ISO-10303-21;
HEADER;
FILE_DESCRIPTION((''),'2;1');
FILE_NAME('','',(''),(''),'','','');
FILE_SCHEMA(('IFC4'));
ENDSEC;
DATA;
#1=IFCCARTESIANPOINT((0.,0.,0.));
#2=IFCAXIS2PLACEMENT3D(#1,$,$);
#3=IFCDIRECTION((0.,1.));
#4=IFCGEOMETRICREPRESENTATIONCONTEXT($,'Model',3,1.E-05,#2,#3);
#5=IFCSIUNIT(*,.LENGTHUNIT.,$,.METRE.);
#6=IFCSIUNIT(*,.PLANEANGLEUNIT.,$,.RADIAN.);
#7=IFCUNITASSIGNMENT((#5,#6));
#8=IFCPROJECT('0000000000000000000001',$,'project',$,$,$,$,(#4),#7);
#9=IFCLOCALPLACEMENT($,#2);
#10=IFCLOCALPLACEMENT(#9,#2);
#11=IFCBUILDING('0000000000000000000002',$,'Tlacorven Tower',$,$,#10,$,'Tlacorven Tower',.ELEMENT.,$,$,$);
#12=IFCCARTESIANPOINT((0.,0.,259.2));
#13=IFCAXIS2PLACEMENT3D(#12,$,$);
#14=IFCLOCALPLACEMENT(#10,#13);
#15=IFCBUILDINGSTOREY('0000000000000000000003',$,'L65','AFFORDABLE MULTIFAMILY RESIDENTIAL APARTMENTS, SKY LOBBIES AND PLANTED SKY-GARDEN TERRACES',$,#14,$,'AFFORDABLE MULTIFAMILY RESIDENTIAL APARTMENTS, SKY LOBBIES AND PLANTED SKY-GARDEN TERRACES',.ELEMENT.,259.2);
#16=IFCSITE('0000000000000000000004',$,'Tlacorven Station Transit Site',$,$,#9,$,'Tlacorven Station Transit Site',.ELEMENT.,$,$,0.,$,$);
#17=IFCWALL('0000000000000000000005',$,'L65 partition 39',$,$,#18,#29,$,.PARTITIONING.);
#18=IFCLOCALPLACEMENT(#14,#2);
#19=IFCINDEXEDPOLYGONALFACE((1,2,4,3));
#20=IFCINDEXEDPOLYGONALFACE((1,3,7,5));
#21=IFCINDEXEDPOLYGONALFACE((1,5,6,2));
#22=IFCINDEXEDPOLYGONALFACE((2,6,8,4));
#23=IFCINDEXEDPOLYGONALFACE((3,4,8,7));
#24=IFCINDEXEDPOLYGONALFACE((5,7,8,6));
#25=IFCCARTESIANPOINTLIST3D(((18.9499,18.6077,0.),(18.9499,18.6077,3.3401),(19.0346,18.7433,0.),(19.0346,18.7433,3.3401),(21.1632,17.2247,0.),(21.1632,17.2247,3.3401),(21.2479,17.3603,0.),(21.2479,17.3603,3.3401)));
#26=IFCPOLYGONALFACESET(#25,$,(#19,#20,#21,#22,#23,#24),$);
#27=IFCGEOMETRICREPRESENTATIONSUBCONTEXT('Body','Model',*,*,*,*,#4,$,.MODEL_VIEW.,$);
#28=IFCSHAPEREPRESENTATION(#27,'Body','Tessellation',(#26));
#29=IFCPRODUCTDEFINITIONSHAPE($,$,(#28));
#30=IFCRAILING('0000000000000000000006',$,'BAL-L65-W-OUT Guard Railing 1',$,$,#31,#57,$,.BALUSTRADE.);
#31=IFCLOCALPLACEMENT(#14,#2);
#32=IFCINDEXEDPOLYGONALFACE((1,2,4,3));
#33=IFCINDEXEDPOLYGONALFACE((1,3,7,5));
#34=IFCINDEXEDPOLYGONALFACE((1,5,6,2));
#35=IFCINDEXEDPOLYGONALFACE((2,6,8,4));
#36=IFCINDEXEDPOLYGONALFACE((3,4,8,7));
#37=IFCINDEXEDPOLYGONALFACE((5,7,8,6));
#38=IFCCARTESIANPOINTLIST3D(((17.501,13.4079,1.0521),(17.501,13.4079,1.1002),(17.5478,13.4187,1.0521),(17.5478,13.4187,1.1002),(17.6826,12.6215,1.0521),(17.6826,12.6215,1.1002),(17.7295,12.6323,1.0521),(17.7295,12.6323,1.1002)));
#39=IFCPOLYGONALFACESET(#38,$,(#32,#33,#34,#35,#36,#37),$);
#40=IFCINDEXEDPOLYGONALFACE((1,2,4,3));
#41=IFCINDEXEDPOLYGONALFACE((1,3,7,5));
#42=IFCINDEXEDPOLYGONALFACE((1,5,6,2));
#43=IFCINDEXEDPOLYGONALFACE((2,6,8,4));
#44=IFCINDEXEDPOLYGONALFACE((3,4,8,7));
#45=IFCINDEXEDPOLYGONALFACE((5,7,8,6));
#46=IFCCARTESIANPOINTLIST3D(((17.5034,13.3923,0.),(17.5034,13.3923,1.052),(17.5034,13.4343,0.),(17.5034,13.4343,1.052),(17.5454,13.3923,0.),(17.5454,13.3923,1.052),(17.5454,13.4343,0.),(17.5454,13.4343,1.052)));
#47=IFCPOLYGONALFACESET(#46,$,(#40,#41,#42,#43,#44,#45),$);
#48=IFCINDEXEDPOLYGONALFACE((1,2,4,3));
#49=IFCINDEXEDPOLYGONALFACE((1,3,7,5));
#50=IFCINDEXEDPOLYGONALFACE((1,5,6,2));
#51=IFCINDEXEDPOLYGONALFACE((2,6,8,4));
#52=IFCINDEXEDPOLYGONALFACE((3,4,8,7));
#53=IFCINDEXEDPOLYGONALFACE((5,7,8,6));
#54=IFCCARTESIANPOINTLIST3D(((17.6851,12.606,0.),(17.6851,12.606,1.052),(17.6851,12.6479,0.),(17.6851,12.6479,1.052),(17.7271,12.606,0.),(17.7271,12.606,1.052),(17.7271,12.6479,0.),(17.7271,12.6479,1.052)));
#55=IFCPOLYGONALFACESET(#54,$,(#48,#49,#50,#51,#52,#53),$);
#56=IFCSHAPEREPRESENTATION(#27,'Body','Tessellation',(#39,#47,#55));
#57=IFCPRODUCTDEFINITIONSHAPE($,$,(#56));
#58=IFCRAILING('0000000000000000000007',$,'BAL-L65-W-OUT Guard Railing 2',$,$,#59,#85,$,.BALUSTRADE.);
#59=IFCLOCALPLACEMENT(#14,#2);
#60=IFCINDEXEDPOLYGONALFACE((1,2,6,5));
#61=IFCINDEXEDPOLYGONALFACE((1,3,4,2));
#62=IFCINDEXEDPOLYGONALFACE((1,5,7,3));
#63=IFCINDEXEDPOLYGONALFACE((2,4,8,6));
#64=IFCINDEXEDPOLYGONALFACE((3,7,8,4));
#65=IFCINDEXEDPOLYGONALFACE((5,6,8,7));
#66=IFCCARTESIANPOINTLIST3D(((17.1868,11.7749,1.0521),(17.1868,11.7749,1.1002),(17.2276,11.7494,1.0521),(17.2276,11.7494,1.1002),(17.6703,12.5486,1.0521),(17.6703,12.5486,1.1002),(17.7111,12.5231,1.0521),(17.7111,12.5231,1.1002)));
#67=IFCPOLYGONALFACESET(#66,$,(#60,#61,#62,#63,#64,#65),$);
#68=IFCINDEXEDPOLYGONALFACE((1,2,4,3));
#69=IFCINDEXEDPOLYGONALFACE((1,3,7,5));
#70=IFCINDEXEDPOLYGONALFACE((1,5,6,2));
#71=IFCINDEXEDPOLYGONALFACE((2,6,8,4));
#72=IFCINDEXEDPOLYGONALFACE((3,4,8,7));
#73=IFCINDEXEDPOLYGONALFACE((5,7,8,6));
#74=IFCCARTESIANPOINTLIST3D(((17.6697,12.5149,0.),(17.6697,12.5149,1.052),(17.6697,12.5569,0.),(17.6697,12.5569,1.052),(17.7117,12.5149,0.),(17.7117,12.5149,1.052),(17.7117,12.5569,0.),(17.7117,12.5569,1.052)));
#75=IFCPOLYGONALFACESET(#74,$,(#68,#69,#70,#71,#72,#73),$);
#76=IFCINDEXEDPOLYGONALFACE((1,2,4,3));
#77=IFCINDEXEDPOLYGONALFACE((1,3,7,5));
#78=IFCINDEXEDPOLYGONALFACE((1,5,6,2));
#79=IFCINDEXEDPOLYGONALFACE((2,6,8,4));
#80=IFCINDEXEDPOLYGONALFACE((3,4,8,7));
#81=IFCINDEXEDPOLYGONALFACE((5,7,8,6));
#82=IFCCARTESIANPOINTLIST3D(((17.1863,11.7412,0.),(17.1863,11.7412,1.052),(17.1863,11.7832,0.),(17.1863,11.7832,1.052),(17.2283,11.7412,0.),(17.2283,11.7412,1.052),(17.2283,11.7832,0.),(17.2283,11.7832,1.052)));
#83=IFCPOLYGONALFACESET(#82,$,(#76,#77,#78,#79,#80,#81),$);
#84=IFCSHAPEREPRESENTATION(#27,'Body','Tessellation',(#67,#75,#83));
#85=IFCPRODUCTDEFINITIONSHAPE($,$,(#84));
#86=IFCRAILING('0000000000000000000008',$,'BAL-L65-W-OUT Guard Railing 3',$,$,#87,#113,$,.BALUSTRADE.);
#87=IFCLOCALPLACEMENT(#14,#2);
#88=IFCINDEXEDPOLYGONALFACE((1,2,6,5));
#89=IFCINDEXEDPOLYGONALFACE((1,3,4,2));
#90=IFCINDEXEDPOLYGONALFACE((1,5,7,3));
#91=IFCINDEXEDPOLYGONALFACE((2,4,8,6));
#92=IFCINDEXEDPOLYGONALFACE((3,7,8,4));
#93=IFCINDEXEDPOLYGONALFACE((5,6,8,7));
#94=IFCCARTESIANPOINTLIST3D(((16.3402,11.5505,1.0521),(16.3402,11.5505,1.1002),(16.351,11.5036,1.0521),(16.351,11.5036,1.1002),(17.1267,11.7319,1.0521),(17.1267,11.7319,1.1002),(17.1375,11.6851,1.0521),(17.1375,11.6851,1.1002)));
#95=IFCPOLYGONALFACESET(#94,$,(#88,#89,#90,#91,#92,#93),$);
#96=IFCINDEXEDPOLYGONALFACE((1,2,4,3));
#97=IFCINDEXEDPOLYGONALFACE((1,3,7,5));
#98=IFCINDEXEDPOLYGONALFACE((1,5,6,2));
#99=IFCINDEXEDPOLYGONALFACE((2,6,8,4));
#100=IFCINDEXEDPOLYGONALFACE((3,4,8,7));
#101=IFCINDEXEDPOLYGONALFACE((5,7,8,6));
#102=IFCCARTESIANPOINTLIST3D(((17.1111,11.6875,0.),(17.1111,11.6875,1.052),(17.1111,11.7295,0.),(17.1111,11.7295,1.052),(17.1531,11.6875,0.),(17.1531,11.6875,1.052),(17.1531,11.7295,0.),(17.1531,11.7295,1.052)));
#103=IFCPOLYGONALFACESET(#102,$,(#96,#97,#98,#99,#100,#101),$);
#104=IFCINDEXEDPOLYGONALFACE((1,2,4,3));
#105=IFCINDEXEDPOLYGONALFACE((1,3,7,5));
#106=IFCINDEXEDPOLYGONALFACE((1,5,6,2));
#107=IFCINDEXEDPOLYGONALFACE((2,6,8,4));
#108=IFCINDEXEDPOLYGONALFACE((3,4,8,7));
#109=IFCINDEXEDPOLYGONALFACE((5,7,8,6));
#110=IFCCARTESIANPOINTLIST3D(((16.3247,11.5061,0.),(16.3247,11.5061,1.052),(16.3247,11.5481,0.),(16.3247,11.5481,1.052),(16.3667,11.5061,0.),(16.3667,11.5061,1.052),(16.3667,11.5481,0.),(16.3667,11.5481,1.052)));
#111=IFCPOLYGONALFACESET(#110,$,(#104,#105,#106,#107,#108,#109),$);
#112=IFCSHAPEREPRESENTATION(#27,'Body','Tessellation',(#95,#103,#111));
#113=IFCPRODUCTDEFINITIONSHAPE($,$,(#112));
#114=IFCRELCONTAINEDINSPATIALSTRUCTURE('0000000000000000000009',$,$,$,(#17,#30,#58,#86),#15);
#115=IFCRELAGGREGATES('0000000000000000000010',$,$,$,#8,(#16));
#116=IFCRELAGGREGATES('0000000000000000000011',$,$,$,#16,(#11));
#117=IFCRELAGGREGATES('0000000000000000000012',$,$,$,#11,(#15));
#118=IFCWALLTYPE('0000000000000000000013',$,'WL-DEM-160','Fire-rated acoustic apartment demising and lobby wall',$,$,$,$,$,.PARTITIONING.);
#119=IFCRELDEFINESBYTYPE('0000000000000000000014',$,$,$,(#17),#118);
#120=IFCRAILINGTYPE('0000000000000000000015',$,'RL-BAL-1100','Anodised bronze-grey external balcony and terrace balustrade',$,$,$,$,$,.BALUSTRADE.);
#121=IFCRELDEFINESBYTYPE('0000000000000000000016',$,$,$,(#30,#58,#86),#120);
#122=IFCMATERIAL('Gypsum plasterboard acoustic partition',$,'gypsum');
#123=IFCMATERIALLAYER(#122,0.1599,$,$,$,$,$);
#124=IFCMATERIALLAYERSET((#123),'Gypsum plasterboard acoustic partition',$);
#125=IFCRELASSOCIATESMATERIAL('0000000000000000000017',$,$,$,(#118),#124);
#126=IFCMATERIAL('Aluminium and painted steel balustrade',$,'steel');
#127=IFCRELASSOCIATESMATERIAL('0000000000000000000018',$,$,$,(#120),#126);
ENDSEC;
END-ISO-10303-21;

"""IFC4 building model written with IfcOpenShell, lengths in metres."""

from ifc_helpers import new_model, si_unit, direction, frame, frame_2d, origin, origin_2d, place, context, subcontext, project, spatial, rectangle, extrude, source, transform, mapped, material, layer, layer_set, type_object, element, save


model = new_model("IFC4")

# Units and contexts
model_context = context("Model", 3, precision=1e-05, world=origin(), true_north=direction((0.0, 1.0)))
body_context = subcontext(model_context, "Body", "Model", "MODEL_VIEW")
ifc_project = project(units=[si_unit("LENGTHUNIT", "METRE"), si_unit("PLANEANGLEUNIT", "RADIAN")], contexts=[model_context])

# Site, building, storey
site_placement = place(None, origin())
site = spatial("IfcSite", under=ifc_project, at=site_placement, Name="Tlacorven Station Transit Site", LongName="Tlacorven Station Transit Site", CompositionType="ELEMENT", RefElevation=0.0)
building_placement = place(site_placement, origin())
building = spatial("IfcBuilding", under=site, at=building_placement, Name="Tlacorven Tower", LongName="Tlacorven Tower", CompositionType="ELEMENT")
storey_placement = place(building_placement, frame((0.0, 0.0, 259.2)))
storey = spatial("IfcBuildingStorey", under=building, at=storey_placement, Name="L65", Description="AFFORDABLE MULTIFAMILY RESIDENTIAL APARTMENTS, SKY LOBBIES AND PLANTED SKY-GARDEN TERRACES", LongName="AFFORDABLE MULTIFAMILY RESIDENTIAL APARTMENTS, SKY LOBBIES AND PLANTED SKY-GARDEN TERRACES", CompositionType="ELEMENT", Elevation=259.2)

# Wall
ifc_material_1 = material(Name="Gypsum plasterboard acoustic partition", Category="gypsum")
ifc_layer_1 = layer(ifc_material_1, 0.1599)
ifc_layer_set_1 = layer_set([ifc_layer_1], Name="Gypsum plasterboard acoustic partition")
wall_type = type_object("IfcWallType", Name="WL-DEM-160", Description="Fire-rated acoustic apartment demising and lobby wall", PredefinedType="PARTITIONING", material=ifc_layer_set_1)
wall_placement = place(storey_placement, frame((21.2056, 17.2925, 0.0), z_axis=(0.0, 0.0, 1.0), x_axis=(-0.848051, 0.529915, 0.0)))
element("IfcWall", 1, at=wall_placement, inside=storey, type_object=wall_type, Name="L65 partition 39", PredefinedType="PARTITIONING", context=body_context, shape_type="SweptSolid", body=[
    extrude(rectangle(XDim=2.6099, YDim=0.1599, at=frame_2d((1.3049, 0.0))), origin(), (0.0, 0.0, 1.0), 3.3401),
])

# Railings
ifc_material_2 = material(Name="Aluminium and painted steel balustrade", Category="steel")
railing_type = type_object("IfcRailingType", Name="RL-BAL-1100", Description="Anodised bronze-grey external balcony and terrace balustrade", PredefinedType="BALUSTRADE", material=ifc_material_2)
shared_shape_1 = source(origin(), body_context, "Body", "SweptSolid", [
    extrude(rectangle(XDim=0.0481, YDim=0.0481, at=origin_2d()), frame((0.0, 0.0, 1.0762), z_axis=(0.225058, -0.974345, 0.0), x_axis=(0.974345, 0.225058, 0.0)), (0.0, 0.0, 1.0), 0.8071),
    extrude(rectangle(XDim=0.042, YDim=0.042, at=origin_2d()), origin(), (0.0, 0.0, 1.0), 1.052),
    extrude(rectangle(XDim=0.042, YDim=0.042, at=origin_2d()), frame((0.1816, -0.7864, 0.0)), (0.0, 0.0, 1.0), 1.052),
])
railing_1_placement = place(storey_placement, frame((17.5244, 13.4133, 0.0)))
element("IfcRailing", 2, at=railing_1_placement, inside=storey, type_object=railing_type, Name="BAL-L65-W-OUT Guard Railing 1", PredefinedType="BALUSTRADE", context=body_context, shape_type="MappedRepresentation", body=[
    mapped(shared_shape_1, transform((0.0, 0.0, 0.0), scale=1.0)),
])
shared_shape_2 = source(origin(), body_context, "Body", "SweptSolid", [
    extrude(rectangle(XDim=0.0481, YDim=0.0481, at=origin_2d()), frame((0.0, 0.0, 1.0762), z_axis=(-0.529879, -0.848073, 0.0), x_axis=(0.848073, -0.529879, 0.0)), (0.0, 0.0, 1.0), 0.9124),
    extrude(rectangle(XDim=0.042, YDim=0.042, at=origin_2d()), origin(), (0.0, 0.0, 1.0), 1.052),
    extrude(rectangle(XDim=0.042, YDim=0.042, at=origin_2d()), frame((-0.4834, -0.7737, 0.0)), (0.0, 0.0, 1.0), 1.052),
])
railing_2_placement = place(storey_placement, frame((17.6907, 12.5359, 0.0)))
element("IfcRailing", 3, at=railing_2_placement, inside=storey, type_object=railing_type, Name="BAL-L65-W-OUT Guard Railing 2", PredefinedType="BALUSTRADE", context=body_context, shape_type="MappedRepresentation", body=[
    mapped(shared_shape_2, transform((0.0, 0.0, 0.0), scale=1.0)),
])
shared_shape_3 = source(origin(), body_context, "Body", "SweptSolid", [
    extrude(rectangle(XDim=0.0481, YDim=0.0481, at=origin_2d()), frame((0.0, 0.0, 1.0762), z_axis=(-0.974412, -0.224771, 0.0), x_axis=(0.224771, -0.974412, 0.0)), (0.0, 0.0, 1.0), 0.8071),
    extrude(rectangle(XDim=0.042, YDim=0.042, at=origin_2d()), origin(), (0.0, 0.0, 1.0), 1.052),
    extrude(rectangle(XDim=0.042, YDim=0.042, at=origin_2d()), frame((-0.7864, -0.1814, 0.0)), (0.0, 0.0, 1.0), 1.052),
])
railing_3_placement = place(storey_placement, frame((17.1321, 11.7085, 0.0)))
element("IfcRailing", 4, at=railing_3_placement, inside=storey, type_object=railing_type, Name="BAL-L65-W-OUT Guard Railing 3", PredefinedType="BALUSTRADE", context=body_context, shape_type="MappedRepresentation", body=[
    mapped(shared_shape_3, transform((0.0, 0.0, 0.0), scale=1.0)),
])

save(model, "model.ifc")
